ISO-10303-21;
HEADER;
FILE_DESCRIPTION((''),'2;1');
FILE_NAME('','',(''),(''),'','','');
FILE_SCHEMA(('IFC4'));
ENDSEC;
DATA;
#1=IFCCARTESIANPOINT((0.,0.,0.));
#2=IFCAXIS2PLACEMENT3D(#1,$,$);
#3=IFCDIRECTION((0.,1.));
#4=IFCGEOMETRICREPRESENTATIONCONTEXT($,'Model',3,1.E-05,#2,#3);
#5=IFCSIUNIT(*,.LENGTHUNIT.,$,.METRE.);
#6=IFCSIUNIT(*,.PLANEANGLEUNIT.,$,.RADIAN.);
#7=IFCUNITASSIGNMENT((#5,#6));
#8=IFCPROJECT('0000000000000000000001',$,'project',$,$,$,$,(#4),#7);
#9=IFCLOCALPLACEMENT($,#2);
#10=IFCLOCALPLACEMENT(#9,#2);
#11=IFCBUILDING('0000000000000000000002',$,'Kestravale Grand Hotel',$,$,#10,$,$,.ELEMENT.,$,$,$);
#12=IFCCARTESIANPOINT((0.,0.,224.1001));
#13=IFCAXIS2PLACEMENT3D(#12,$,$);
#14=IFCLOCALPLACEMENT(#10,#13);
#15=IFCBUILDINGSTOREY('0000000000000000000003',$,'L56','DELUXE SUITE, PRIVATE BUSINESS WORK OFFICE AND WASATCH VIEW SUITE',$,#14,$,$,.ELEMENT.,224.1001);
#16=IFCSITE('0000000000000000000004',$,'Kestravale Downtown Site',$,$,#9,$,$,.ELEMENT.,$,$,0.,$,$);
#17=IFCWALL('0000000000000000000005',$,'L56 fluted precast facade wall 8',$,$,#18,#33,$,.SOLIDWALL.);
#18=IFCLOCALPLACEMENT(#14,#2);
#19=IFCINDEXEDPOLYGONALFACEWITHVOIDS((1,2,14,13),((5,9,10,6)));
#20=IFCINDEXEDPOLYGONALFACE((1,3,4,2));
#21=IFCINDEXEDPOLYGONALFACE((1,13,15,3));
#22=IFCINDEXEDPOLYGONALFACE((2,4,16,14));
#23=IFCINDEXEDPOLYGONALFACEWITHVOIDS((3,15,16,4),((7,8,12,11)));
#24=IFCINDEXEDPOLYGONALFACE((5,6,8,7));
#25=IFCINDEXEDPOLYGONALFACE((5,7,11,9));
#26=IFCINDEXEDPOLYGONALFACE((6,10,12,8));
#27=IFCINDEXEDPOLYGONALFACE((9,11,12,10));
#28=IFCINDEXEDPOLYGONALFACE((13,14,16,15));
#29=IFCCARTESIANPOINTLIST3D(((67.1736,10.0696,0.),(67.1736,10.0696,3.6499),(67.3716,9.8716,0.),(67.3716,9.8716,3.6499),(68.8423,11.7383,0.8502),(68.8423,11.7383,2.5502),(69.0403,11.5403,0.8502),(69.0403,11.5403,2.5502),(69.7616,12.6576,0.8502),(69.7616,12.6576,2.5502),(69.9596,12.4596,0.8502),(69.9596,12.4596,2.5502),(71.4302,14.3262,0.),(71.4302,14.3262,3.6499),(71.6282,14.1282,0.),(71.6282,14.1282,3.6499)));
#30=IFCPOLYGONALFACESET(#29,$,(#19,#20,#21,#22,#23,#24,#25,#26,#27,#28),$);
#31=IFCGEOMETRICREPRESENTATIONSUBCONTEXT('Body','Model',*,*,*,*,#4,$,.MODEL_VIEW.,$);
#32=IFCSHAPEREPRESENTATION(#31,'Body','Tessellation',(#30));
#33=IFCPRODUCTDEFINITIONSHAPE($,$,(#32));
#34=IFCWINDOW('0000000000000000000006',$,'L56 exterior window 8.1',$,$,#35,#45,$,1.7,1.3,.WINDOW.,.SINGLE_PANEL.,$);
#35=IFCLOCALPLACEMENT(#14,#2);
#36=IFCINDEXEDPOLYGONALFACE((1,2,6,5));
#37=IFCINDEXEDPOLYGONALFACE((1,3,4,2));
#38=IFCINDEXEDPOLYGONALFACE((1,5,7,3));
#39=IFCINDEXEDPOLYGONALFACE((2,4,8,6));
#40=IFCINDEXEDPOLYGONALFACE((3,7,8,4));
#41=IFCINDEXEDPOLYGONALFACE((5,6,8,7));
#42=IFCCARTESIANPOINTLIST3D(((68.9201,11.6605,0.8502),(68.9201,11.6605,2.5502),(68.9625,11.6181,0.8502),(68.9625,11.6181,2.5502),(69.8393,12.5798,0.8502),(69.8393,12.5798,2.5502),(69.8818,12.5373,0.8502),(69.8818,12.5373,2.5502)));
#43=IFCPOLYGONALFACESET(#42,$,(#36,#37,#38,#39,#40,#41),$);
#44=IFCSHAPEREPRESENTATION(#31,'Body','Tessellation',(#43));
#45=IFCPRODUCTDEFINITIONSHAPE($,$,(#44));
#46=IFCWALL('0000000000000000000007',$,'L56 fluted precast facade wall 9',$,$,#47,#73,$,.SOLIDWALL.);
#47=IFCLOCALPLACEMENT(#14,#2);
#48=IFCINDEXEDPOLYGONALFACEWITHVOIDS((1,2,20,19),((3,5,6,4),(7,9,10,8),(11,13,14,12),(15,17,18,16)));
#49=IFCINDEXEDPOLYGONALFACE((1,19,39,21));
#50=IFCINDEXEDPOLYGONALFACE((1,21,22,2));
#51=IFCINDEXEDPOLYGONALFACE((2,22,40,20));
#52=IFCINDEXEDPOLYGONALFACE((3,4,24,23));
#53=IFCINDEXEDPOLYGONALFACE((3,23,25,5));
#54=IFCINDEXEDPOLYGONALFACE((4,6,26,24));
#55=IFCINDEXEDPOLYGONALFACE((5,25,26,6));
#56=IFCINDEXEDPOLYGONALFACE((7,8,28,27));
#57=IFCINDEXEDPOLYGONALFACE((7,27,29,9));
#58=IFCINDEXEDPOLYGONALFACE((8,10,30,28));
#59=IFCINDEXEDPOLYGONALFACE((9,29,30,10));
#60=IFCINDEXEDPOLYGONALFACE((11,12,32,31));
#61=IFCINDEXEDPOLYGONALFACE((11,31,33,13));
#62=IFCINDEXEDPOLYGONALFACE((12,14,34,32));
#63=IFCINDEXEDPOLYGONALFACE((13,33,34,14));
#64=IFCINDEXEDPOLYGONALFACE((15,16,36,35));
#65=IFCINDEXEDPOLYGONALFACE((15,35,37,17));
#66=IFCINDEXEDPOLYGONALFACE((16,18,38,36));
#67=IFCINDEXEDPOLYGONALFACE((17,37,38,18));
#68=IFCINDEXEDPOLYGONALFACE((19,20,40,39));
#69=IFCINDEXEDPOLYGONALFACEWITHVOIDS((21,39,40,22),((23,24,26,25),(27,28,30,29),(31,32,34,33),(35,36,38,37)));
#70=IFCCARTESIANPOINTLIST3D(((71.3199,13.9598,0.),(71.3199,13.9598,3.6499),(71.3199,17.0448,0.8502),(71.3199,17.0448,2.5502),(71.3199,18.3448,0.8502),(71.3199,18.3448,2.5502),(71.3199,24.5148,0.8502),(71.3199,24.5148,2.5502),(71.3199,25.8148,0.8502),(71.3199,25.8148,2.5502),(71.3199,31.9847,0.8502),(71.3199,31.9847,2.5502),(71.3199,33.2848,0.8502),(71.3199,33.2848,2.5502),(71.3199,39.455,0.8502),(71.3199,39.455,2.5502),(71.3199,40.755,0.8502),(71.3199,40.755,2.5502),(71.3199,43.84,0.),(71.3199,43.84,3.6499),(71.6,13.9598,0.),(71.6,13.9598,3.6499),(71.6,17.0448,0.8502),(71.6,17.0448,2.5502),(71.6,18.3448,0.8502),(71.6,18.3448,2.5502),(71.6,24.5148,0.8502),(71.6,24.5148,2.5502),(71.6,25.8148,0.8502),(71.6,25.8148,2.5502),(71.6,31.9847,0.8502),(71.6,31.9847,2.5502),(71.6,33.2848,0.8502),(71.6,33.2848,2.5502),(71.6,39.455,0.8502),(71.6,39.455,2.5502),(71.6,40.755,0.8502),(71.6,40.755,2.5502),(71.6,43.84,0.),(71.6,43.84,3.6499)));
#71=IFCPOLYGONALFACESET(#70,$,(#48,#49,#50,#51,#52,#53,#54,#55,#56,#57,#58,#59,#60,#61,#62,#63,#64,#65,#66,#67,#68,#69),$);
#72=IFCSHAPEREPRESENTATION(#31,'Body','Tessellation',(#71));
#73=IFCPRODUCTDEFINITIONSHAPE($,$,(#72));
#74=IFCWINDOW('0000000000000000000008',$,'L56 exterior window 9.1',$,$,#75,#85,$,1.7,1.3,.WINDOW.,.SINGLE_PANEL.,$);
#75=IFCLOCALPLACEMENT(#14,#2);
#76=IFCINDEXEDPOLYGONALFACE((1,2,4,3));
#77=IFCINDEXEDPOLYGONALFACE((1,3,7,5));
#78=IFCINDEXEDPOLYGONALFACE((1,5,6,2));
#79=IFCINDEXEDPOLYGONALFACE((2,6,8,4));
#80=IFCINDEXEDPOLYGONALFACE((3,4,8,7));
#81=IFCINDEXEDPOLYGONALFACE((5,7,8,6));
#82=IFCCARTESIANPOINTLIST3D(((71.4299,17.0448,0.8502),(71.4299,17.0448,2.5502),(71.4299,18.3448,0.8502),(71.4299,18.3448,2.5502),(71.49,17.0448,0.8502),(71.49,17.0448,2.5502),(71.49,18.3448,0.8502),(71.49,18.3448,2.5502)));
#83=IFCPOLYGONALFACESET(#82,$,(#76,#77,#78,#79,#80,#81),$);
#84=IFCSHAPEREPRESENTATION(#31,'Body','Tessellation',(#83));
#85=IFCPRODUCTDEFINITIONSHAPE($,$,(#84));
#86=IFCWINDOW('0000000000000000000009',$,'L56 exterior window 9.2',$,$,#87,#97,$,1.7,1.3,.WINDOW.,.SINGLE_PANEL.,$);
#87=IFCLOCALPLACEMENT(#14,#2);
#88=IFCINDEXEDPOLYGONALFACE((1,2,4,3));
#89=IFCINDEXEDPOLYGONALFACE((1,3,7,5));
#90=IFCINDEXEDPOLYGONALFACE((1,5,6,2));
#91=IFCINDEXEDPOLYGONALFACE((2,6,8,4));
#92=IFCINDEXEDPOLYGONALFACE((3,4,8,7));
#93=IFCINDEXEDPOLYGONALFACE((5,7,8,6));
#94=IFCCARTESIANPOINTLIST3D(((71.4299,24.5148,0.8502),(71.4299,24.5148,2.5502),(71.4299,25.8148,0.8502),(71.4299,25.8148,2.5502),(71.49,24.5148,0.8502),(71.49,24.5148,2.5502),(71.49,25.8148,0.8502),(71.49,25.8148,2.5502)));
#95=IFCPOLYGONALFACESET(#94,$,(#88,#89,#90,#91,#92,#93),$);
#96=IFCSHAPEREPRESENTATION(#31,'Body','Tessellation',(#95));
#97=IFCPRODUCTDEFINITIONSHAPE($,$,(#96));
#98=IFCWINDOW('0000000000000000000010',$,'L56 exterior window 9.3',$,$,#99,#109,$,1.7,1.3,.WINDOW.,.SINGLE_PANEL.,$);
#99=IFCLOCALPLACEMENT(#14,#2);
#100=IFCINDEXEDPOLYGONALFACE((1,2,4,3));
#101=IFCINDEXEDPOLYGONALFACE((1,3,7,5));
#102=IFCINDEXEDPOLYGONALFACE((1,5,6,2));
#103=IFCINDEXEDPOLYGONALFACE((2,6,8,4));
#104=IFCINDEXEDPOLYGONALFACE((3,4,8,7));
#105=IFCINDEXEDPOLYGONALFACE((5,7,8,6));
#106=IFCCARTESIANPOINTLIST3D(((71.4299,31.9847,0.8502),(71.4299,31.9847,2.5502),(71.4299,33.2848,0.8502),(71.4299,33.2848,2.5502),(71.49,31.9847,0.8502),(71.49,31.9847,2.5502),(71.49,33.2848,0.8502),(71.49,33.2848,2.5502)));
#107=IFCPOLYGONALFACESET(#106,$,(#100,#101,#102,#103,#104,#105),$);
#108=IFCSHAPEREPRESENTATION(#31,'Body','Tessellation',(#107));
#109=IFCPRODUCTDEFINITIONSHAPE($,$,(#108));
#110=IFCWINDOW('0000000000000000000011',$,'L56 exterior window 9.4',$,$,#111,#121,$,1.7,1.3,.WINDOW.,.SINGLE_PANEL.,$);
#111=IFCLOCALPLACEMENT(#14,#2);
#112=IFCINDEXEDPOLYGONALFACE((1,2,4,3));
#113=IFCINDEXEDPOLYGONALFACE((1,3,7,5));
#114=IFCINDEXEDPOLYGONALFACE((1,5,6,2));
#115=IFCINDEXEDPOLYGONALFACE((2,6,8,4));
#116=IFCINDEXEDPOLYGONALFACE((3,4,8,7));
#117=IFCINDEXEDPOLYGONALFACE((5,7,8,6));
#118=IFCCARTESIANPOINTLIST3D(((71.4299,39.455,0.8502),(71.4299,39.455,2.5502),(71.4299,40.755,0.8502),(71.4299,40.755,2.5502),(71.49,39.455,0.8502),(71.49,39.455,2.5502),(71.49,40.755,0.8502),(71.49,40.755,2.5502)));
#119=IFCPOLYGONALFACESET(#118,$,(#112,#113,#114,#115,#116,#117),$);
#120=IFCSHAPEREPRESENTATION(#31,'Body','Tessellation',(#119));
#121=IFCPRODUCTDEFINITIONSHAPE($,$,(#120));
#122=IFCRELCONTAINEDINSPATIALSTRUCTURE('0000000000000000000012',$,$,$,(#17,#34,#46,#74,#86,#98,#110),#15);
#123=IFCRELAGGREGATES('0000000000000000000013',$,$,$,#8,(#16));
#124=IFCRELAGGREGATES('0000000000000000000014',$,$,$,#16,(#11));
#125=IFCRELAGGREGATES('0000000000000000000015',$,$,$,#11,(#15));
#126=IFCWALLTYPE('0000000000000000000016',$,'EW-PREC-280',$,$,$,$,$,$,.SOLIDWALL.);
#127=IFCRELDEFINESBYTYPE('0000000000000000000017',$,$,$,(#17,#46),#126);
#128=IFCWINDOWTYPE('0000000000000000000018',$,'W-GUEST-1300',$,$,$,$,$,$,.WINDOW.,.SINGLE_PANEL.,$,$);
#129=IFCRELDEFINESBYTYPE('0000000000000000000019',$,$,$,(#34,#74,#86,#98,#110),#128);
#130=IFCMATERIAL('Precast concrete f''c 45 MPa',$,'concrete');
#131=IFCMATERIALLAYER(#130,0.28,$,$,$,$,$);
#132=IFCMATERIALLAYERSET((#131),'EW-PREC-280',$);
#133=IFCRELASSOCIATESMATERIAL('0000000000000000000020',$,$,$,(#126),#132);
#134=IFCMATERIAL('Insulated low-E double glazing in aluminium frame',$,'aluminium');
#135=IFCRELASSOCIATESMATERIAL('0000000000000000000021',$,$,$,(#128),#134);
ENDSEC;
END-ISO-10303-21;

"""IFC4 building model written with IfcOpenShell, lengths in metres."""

from ifc_helpers import new_model, si_unit, direction, frame, frame_2d, origin, place, context, subcontext, project, spatial, rectangle, extrude, material, layer, layer_set, type_object, element, fill, save


model = new_model("IFC4")

# Units and contexts
model_context = context("Model", 3, precision=1e-05, world=origin(), true_north=direction((0.0, 1.0)))
body_context = subcontext(model_context, "Body", "Model", "MODEL_VIEW")
ifc_project = project(units=[si_unit("LENGTHUNIT", "METRE"), si_unit("PLANEANGLEUNIT", "RADIAN")], contexts=[model_context])

# Site, building, storey
site_placement = place(None, origin())
site = spatial("IfcSite", under=ifc_project, at=site_placement, Name="Kestravale Downtown Site", CompositionType="ELEMENT", RefElevation=0.0)
building_placement = place(site_placement, origin())
building = spatial("IfcBuilding", under=site, at=building_placement, Name="Kestravale Grand Hotel", CompositionType="ELEMENT")
storey_placement = place(building_placement, frame((0.0, 0.0, 224.1001)))
storey = spatial("IfcBuildingStorey", under=building, at=storey_placement, Name="L56", Description="DELUXE SUITE, PRIVATE BUSINESS WORK OFFICE AND WASATCH VIEW SUITE", CompositionType="ELEMENT", Elevation=224.1001)

# Wall, opening, window
ifc_material_1 = material(Name="Precast concrete f'c 45 MPa", Category="concrete")
ifc_layer_1 = layer(ifc_material_1, 0.28)
ifc_layer_set_1 = layer_set([ifc_layer_1], Name="EW-PREC-280")
wall_type_1 = type_object("IfcWallType", Name="EW-PREC-280", PredefinedType="SOLIDWALL", material=ifc_layer_set_1)
wall_1_placement = place(storey_placement, frame((67.2727, 9.9707, 0.0), z_axis=(0.0, 0.0, 1.0), x_axis=(0.707107, 0.707107, 0.0)))
wall_1 = element("IfcWall", 1, at=wall_1_placement, inside=storey, type_object=wall_type_1, Name="L56 fluted precast facade wall 8", PredefinedType="SOLIDWALL", context=body_context, shape_type="SweptSolid", body=[
    extrude(rectangle(XDim=6.0198, YDim=0.28, at=frame_2d((3.0098, 0.0))), origin(), (0.0, 0.0, 1.0), 3.6499),
])
opening_1_placement = place(wall_1_placement, frame((2.3599, 0.0, 0.8501)))
opening_1 = element("IfcOpeningElement", 2, at=opening_1_placement, cuts=wall_1, PredefinedType="OPENING", context=body_context, shape_type="SweptSolid", body=[
    extrude(rectangle(XDim=1.3, YDim=1.7, at=frame_2d((0.6499, 0.8501))), frame((0.0, 0.1499, 0.0), z_axis=(0.0, -1.0, 0.0), x_axis=(1.0, 0.0, 0.0)), (0.0, 0.0, 1.0), 0.3),
])
ifc_material_2 = material(Name="Insulated low-E double glazing in aluminium frame", Category="aluminium")
window_type = type_object("IfcWindowType", Name="W-GUEST-1300", PartitioningType="SINGLE_PANEL", PredefinedType="WINDOW", material=ifc_material_2)
window_1_placement = place(opening_1_placement, origin())
window_1 = element("IfcWindow", 3, at=window_1_placement, inside=storey, type_object=window_type, Name="L56 exterior window 8.1", OverallHeight=1.7, OverallWidth=1.3, PartitioningType="SINGLE_PANEL", PredefinedType="WINDOW", context=body_context, shape_type="SweptSolid", body=[
    extrude(rectangle(XDim=1.3, YDim=1.7, at=frame_2d((0.6499, 0.8501))), frame((0.0, 0.03, 0.0), z_axis=(0.0, -1.0, 0.0), x_axis=(1.0, 0.0, 0.0)), (0.0, 0.0, 1.0), 0.0601),
])
fill(opening_1, window_1)

# Wall, openings, windows
wall_2_placement = place(storey_placement, frame((71.46, 13.96, 0.0), z_axis=(0.0, 0.0, 1.0), x_axis=(0.0, 1.0, 0.0)))
wall_2 = element("IfcWall", 4, at=wall_2_placement, inside=storey, type_object=wall_type_1, Name="L56 fluted precast facade wall 9", PredefinedType="SOLIDWALL", context=body_context, shape_type="SweptSolid", body=[
    extrude(rectangle(XDim=29.8801, YDim=0.28, at=frame_2d((14.9399, 0.0))), origin(), (0.0, 0.0, 1.0), 3.6499),
])
opening_2_placement = place(wall_2_placement, frame((3.085, 0.0, 0.8501)))
opening_2 = element("IfcOpeningElement", 5, at=opening_2_placement, cuts=wall_2, PredefinedType="OPENING", context=body_context, shape_type="SweptSolid", body=[
    extrude(rectangle(XDim=1.3, YDim=1.7, at=frame_2d((0.6499, 0.8501))), frame((0.0, 0.1499, 0.0), z_axis=(0.0, -1.0, 0.0), x_axis=(1.0, 0.0, 0.0)), (0.0, 0.0, 1.0), 0.3),
])
opening_3_placement = place(wall_2_placement, frame((10.5549, 0.0, 0.8501)))
opening_3 = element("IfcOpeningElement", 6, at=opening_3_placement, cuts=wall_2, PredefinedType="OPENING", context=body_context, shape_type="SweptSolid", body=[
    extrude(rectangle(XDim=1.3, YDim=1.7, at=frame_2d((0.6499, 0.8501))), frame((0.0, 0.1499, 0.0), z_axis=(0.0, -1.0, 0.0), x_axis=(1.0, 0.0, 0.0)), (0.0, 0.0, 1.0), 0.3),
])
opening_4_placement = place(wall_2_placement, frame((18.0249, 0.0, 0.8501)))
opening_4 = element("IfcOpeningElement", 7, at=opening_4_placement, cuts=wall_2, PredefinedType="OPENING", context=body_context, shape_type="SweptSolid", body=[
    extrude(rectangle(XDim=1.3, YDim=1.7, at=frame_2d((0.6499, 0.8501))), frame((0.0, 0.1499, 0.0), z_axis=(0.0, -1.0, 0.0), x_axis=(1.0, 0.0, 0.0)), (0.0, 0.0, 1.0), 0.3),
])
opening_5_placement = place(wall_2_placement, frame((25.4951, 0.0, 0.8501)))
opening_5 = element("IfcOpeningElement", 8, at=opening_5_placement, cuts=wall_2, PredefinedType="OPENING", context=body_context, shape_type="SweptSolid", body=[
    extrude(rectangle(XDim=1.3, YDim=1.7, at=frame_2d((0.6499, 0.8501))), frame((0.0, 0.1499, 0.0), z_axis=(0.0, -1.0, 0.0), x_axis=(1.0, 0.0, 0.0)), (0.0, 0.0, 1.0), 0.3),
])
window_2_placement = place(opening_2_placement, origin())
window_2 = element("IfcWindow", 9, at=window_2_placement, inside=storey, type_object=window_type, Name="L56 exterior window 9.1", OverallHeight=1.7, OverallWidth=1.3, PartitioningType="SINGLE_PANEL", PredefinedType="WINDOW", context=body_context, shape_type="SweptSolid", body=[
    extrude(rectangle(XDim=1.3, YDim=1.7, at=frame_2d((0.6499, 0.8501))), frame((0.0, 0.03, 0.0), z_axis=(0.0, -1.0, 0.0), x_axis=(1.0, 0.0, 0.0)), (0.0, 0.0, 1.0), 0.0601),
])
fill(opening_2, window_2)
window_3_placement = place(opening_3_placement, origin())
window_3 = element("IfcWindow", 10, at=window_3_placement, inside=storey, type_object=window_type, Name="L56 exterior window 9.2", OverallHeight=1.7, OverallWidth=1.3, PartitioningType="SINGLE_PANEL", PredefinedType="WINDOW", context=body_context, shape_type="SweptSolid", body=[
    extrude(rectangle(XDim=1.3, YDim=1.7, at=frame_2d((0.6499, 0.8501))), frame((0.0, 0.03, 0.0), z_axis=(0.0, -1.0, 0.0), x_axis=(1.0, 0.0, 0.0)), (0.0, 0.0, 1.0), 0.0601),
])
fill(opening_3, window_3)
window_4_placement = place(opening_4_placement, origin())
window_4 = element("IfcWindow", 11, at=window_4_placement, inside=storey, type_object=window_type, Name="L56 exterior window 9.3", OverallHeight=1.7, OverallWidth=1.3, PartitioningType="SINGLE_PANEL", PredefinedType="WINDOW", context=body_context, shape_type="SweptSolid", body=[
    extrude(rectangle(XDim=1.3, YDim=1.7, at=frame_2d((0.6499, 0.8501))), frame((0.0, 0.03, 0.0), z_axis=(0.0, -1.0, 0.0), x_axis=(1.0, 0.0, 0.0)), (0.0, 0.0, 1.0), 0.0601),
])
fill(opening_4, window_4)
window_5_placement = place(opening_5_placement, origin())
window_5 = element("IfcWindow", 12, at=window_5_placement, inside=storey, type_object=window_type, Name="L56 exterior window 9.4", OverallHeight=1.7, OverallWidth=1.3, PartitioningType="SINGLE_PANEL", PredefinedType="WINDOW", context=body_context, shape_type="SweptSolid", body=[
    extrude(rectangle(XDim=1.3, YDim=1.7, at=frame_2d((0.6499, 0.8501))), frame((0.0, 0.03, 0.0), z_axis=(0.0, -1.0, 0.0), x_axis=(1.0, 0.0, 0.0)), (0.0, 0.0, 1.0), 0.0601),
])
fill(opening_5, window_5)

save(model, "model.ifc")
